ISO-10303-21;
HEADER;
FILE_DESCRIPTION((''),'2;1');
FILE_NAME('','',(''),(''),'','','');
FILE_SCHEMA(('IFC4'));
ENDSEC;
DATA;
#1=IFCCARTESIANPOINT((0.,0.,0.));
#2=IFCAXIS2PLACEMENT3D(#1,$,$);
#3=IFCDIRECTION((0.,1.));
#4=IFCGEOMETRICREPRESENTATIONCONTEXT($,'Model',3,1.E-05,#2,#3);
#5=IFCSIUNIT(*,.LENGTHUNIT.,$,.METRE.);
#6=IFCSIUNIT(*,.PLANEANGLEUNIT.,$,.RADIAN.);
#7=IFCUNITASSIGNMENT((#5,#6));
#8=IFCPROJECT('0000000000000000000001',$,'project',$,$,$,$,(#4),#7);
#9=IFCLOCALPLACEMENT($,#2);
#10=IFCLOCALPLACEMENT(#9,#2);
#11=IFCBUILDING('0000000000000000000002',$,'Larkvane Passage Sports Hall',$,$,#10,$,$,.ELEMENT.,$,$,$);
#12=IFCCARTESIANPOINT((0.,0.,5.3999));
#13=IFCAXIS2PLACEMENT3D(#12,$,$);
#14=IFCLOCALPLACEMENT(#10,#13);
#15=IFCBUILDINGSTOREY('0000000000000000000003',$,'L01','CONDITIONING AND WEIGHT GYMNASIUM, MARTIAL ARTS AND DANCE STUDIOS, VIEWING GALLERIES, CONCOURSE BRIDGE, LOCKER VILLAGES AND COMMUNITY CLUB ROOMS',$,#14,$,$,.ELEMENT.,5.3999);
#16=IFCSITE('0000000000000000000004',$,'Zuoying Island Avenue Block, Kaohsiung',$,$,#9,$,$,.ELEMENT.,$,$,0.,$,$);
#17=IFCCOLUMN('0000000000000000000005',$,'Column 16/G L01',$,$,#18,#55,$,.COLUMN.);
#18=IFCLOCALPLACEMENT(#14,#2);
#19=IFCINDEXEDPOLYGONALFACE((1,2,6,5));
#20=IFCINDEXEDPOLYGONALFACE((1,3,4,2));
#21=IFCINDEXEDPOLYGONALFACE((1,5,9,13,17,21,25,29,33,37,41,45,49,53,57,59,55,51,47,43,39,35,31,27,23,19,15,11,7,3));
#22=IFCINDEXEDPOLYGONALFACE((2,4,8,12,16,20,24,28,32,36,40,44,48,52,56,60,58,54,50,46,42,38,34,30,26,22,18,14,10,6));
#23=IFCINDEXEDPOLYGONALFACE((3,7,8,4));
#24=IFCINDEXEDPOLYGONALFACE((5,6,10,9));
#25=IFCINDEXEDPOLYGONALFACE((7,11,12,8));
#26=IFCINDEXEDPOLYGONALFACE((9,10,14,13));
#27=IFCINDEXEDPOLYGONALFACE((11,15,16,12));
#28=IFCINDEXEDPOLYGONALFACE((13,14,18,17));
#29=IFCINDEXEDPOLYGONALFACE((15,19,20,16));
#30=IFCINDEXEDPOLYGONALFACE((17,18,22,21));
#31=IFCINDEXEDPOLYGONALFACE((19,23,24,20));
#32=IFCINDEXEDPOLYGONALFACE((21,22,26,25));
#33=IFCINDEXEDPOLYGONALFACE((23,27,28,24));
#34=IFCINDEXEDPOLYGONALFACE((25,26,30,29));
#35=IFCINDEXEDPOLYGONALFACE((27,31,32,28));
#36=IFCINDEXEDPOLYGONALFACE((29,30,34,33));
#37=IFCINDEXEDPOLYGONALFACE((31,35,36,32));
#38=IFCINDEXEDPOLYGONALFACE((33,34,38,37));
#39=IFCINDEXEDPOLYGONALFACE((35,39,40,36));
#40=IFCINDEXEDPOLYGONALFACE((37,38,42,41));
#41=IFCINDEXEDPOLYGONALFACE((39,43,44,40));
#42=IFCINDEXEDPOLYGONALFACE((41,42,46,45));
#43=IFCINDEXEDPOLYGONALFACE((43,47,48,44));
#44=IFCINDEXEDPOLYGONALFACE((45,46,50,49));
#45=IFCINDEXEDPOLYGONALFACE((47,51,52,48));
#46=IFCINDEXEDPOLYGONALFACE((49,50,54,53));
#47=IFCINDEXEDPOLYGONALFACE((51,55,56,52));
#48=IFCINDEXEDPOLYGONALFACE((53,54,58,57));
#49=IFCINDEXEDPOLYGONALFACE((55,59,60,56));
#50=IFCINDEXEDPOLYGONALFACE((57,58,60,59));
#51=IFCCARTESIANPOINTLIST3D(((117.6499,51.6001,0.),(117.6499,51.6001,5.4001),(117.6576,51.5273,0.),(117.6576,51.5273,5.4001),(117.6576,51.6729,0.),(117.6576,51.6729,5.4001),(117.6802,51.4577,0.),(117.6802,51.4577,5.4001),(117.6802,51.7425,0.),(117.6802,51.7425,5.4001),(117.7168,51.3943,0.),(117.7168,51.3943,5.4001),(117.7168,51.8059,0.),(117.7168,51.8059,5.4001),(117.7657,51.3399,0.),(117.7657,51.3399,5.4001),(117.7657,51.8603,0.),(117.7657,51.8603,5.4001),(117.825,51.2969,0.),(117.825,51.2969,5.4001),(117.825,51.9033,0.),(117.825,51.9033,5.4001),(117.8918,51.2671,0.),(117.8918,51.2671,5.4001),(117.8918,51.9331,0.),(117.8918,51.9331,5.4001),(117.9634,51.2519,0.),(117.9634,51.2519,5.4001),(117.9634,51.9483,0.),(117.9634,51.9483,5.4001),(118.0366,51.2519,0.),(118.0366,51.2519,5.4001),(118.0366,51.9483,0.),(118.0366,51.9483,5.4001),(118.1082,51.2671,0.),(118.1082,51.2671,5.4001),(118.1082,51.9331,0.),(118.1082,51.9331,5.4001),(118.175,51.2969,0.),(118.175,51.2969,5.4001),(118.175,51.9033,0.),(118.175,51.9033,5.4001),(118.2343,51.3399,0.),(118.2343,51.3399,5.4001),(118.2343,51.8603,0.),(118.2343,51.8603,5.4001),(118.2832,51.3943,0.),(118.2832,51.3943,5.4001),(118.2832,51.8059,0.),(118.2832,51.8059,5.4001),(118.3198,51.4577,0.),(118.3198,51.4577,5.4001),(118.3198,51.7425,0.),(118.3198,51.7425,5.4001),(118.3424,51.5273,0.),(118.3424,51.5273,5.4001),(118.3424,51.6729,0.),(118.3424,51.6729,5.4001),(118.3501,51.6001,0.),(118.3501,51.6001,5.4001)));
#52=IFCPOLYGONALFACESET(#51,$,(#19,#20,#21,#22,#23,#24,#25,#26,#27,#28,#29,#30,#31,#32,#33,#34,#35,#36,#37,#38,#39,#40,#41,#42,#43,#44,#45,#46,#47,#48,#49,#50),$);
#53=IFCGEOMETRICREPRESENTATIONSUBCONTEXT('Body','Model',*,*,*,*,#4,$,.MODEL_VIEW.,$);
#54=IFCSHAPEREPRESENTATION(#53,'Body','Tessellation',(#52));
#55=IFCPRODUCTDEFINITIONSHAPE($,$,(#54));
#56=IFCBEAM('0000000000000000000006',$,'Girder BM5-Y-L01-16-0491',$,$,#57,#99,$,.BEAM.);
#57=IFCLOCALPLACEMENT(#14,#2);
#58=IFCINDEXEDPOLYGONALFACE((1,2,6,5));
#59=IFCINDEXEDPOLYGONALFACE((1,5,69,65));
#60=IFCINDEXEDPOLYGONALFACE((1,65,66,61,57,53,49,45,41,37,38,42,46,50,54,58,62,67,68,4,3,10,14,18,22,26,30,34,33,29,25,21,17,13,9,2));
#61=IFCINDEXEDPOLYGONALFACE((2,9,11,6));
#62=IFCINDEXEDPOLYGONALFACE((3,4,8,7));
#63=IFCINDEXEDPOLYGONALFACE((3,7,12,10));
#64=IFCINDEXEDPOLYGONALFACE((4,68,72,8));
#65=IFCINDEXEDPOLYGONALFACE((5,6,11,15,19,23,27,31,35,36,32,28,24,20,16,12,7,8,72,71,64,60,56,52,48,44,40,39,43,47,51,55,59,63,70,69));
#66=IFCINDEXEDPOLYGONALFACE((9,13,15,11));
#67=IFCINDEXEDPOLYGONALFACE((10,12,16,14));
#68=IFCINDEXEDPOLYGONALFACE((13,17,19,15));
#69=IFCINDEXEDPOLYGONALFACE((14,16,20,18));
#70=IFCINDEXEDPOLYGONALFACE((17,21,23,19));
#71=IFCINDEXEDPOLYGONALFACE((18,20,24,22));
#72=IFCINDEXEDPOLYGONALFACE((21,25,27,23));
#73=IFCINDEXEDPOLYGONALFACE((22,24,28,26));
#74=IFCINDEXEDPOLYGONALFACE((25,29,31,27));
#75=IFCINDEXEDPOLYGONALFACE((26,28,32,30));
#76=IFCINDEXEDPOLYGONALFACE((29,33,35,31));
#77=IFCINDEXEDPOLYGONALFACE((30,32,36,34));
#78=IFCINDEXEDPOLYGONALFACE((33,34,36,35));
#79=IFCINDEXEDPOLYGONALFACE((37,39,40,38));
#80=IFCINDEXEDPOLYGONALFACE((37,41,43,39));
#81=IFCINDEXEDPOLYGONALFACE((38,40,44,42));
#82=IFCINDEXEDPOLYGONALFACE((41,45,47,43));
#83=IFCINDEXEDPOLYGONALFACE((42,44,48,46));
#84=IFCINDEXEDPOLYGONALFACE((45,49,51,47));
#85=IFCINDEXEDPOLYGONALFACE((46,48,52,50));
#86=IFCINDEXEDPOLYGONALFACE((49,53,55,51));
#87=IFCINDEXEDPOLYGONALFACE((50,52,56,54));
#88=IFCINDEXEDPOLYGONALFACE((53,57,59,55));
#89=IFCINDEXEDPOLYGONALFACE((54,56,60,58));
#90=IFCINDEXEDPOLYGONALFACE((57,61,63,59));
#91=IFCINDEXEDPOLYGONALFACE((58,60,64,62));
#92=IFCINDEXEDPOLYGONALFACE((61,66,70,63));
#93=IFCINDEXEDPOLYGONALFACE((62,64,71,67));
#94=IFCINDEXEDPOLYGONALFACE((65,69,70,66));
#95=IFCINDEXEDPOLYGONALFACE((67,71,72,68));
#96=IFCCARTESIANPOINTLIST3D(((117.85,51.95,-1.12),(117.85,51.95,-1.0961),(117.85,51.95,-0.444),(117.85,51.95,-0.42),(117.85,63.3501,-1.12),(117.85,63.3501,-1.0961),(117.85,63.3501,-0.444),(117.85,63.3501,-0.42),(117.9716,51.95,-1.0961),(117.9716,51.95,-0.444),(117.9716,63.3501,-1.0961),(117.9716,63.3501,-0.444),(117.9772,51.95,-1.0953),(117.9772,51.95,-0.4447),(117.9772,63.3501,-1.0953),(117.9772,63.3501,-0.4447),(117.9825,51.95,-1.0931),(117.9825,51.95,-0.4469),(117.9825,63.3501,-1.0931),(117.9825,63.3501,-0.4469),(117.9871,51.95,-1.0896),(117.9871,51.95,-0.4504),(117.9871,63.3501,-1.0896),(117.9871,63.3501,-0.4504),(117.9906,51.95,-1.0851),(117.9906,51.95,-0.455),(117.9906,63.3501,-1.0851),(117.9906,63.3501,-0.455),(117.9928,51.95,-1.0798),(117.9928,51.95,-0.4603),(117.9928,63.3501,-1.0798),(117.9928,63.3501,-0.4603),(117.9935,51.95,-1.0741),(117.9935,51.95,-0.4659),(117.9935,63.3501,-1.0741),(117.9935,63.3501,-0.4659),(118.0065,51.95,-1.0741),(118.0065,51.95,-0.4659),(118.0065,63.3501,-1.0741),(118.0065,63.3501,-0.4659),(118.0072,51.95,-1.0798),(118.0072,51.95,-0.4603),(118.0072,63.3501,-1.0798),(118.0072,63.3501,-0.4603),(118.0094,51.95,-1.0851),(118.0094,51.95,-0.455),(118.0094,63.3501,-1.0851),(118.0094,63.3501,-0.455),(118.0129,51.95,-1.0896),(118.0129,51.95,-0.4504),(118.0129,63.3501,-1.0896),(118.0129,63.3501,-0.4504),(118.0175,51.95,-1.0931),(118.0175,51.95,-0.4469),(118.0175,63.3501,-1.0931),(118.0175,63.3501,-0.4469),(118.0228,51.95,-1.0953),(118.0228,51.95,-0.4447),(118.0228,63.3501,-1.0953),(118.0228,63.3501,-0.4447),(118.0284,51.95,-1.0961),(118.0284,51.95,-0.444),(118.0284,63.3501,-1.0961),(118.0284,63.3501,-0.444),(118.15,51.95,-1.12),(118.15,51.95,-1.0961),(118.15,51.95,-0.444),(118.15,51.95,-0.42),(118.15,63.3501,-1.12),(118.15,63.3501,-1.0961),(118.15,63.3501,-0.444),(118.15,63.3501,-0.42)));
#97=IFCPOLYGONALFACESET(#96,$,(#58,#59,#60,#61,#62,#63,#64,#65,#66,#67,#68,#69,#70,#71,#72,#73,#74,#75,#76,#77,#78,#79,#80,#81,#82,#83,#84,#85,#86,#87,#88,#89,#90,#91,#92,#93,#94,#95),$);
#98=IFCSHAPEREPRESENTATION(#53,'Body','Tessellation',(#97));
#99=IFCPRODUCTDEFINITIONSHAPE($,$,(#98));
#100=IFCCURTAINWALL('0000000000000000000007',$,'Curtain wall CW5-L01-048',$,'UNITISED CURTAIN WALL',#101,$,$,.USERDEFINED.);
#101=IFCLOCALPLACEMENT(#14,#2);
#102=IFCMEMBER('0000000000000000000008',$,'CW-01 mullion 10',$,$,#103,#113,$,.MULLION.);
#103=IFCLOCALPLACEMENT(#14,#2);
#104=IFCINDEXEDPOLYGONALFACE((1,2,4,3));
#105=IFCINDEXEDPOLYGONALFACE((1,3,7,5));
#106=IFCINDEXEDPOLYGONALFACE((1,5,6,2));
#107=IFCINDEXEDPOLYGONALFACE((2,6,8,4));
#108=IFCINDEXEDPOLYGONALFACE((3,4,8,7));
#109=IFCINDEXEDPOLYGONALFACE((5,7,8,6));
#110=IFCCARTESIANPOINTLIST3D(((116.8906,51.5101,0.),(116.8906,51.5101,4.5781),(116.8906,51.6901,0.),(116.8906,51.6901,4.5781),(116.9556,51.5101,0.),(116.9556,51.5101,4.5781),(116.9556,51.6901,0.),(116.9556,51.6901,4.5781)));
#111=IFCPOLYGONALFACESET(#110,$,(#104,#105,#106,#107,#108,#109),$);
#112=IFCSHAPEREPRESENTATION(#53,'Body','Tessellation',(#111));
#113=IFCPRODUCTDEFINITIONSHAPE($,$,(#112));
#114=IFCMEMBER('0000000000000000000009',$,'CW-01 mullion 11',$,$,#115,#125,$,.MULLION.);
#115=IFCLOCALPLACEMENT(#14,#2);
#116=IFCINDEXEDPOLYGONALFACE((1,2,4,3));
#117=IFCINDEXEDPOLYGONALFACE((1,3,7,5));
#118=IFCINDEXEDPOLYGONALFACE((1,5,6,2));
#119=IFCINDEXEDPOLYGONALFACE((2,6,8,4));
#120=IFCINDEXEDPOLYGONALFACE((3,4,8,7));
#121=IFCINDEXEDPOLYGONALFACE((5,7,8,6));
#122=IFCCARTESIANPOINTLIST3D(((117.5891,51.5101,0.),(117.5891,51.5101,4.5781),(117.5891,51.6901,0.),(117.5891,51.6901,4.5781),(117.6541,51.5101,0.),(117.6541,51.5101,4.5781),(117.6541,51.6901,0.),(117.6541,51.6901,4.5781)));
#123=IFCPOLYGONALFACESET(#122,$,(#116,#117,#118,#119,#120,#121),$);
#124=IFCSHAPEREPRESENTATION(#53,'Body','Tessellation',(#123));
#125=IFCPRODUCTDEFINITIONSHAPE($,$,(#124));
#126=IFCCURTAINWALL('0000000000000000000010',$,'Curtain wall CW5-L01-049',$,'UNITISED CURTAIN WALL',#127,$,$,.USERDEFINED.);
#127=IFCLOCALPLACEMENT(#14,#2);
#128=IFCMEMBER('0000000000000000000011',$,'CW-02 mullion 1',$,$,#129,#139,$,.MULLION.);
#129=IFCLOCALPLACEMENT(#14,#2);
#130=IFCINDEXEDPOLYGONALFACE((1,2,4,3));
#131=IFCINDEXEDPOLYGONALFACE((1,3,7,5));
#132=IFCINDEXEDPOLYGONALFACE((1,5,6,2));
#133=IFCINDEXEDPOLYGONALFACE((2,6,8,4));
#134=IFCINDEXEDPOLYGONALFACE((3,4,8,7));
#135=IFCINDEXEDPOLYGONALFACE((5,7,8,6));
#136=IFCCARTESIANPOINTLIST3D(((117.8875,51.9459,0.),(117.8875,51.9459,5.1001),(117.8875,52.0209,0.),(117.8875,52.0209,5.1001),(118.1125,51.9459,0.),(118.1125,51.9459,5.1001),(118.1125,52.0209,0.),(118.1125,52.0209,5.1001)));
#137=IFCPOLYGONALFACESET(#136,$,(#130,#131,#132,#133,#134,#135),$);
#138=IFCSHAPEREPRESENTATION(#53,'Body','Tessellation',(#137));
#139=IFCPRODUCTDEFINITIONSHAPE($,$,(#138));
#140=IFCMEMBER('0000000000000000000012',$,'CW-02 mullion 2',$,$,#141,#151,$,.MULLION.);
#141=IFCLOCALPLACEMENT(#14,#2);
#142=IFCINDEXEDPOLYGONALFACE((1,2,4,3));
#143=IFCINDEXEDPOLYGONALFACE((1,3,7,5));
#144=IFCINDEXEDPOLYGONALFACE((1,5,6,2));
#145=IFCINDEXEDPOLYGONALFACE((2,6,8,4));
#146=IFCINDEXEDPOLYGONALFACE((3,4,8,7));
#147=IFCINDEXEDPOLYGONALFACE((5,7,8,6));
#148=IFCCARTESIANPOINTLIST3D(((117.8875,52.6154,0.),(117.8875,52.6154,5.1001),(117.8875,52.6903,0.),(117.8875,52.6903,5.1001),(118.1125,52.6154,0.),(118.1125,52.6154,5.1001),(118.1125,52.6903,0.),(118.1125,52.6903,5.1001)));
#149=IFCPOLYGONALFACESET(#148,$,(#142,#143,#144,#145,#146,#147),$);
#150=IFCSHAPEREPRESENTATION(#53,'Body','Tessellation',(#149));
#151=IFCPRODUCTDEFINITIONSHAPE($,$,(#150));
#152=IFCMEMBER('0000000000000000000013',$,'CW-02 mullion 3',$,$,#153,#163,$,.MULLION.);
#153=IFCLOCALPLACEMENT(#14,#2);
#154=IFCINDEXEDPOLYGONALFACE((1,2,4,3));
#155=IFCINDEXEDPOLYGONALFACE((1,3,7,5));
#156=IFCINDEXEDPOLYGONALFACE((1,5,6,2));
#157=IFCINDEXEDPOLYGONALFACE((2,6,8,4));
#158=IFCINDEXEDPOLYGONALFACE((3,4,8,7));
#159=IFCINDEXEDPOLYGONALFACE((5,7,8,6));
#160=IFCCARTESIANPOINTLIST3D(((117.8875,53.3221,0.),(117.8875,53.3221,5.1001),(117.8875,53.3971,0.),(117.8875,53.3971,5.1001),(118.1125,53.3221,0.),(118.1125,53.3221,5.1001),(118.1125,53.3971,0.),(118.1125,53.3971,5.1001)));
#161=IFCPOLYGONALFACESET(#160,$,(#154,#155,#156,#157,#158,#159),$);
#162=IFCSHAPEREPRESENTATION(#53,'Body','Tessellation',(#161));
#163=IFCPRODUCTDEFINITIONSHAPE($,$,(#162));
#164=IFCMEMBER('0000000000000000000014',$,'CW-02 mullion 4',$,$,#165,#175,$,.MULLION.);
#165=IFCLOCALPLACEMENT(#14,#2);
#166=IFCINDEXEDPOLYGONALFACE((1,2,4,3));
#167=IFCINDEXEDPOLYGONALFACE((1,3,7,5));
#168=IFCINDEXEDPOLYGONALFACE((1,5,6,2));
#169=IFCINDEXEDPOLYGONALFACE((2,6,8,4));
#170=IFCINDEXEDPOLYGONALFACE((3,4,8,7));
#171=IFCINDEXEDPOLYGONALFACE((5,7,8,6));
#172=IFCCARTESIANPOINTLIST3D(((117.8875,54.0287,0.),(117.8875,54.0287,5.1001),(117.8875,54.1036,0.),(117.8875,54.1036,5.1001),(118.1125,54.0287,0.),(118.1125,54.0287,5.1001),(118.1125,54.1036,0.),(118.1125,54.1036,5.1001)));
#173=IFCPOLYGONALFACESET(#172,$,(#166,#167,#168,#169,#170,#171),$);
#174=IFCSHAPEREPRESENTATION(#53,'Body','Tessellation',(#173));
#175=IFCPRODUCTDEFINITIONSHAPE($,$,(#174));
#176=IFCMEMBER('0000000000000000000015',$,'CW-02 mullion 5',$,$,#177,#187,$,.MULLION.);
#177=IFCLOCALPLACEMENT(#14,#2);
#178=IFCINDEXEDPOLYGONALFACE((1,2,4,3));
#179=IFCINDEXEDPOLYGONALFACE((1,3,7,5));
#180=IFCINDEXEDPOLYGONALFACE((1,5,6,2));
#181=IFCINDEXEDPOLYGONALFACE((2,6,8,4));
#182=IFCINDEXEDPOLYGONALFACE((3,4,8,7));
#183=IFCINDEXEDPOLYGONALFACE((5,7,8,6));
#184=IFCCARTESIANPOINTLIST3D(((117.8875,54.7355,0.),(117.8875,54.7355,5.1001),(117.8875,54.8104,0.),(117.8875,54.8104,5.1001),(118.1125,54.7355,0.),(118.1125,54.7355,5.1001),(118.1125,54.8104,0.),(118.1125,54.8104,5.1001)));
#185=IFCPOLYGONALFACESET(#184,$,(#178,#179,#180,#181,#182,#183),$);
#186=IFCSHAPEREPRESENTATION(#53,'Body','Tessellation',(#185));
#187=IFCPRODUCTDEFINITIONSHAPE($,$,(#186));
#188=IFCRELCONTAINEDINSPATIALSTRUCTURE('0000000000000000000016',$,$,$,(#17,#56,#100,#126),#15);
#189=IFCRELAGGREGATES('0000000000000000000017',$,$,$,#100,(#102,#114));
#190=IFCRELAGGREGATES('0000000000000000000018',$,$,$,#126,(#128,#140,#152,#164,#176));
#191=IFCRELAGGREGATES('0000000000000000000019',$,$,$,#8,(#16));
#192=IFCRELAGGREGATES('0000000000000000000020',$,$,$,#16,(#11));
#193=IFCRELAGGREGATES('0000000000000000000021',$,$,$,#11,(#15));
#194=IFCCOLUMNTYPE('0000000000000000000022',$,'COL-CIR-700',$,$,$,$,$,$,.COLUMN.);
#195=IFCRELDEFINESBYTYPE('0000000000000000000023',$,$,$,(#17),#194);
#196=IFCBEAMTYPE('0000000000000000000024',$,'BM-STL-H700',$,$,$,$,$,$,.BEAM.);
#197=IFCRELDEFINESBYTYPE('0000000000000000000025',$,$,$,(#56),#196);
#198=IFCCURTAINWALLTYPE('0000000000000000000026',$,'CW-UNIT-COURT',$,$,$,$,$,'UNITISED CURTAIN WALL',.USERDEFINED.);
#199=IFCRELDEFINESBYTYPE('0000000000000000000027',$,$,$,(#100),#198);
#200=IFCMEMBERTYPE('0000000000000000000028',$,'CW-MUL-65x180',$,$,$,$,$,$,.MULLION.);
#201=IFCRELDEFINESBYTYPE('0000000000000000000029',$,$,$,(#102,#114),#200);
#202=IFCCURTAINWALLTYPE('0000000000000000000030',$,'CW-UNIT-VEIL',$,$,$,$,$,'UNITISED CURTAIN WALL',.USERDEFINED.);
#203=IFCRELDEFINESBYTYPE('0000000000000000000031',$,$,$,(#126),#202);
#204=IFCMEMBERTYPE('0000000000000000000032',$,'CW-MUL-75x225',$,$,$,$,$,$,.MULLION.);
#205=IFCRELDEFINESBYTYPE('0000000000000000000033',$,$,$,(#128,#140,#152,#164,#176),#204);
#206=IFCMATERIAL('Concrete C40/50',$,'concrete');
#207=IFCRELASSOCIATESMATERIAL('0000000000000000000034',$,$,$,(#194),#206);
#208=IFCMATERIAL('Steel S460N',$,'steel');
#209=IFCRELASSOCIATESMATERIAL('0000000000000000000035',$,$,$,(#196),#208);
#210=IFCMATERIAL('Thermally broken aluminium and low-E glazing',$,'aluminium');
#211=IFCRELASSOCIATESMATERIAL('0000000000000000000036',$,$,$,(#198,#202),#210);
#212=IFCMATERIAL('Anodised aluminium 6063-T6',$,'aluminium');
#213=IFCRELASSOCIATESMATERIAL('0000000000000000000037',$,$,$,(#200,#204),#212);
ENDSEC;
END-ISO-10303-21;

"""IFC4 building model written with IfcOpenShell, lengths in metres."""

from ifc_helpers import new_model, si_unit, direction, frame, origin, origin_2d, place, context, subcontext, project, spatial, rectangle, circle, i_section, extrude, material, material_profile, profile_set, type_object, element, aggregate, save


model = new_model("IFC4")

# Units and contexts
model_context = context("Model", 3, precision=1e-05, world=origin(), true_north=direction((0.0, 1.0)))
body_context = subcontext(model_context, "Body", "Model", "MODEL_VIEW")
ifc_project = project(units=[si_unit("LENGTHUNIT", "METRE"), si_unit("PLANEANGLEUNIT", "RADIAN")], contexts=[model_context])

# Site, building, storey
site_placement = place(None, origin())
site = spatial("IfcSite", under=ifc_project, at=site_placement, Name="Zuoying Island Avenue Block, Kaohsiung", CompositionType="ELEMENT", RefElevation=0.0)
building_placement = place(site_placement, origin())
building = spatial("IfcBuilding", under=site, at=building_placement, Name="Larkvane Passage Sports Hall", CompositionType="ELEMENT")
storey_placement = place(building_placement, frame((0.0, 0.0, 5.3999)))
storey = spatial("IfcBuildingStorey", under=building, at=storey_placement, Name="L01", Description="CONDITIONING AND WEIGHT GYMNASIUM, MARTIAL ARTS AND DANCE STUDIOS, VIEWING GALLERIES, CONCOURSE BRIDGE, LOCKER VILLAGES AND COMMUNITY CLUB ROOMS", CompositionType="ELEMENT", Elevation=5.3999)

# Column
ifc_material_1 = material(Name="Concrete C40/50", Category="concrete")
ifc_material_profile_1 = material_profile(ifc_material_1, circle(Radius=0.3501, at=origin_2d()), Name="RC-CIR-700")
ifc_profile_set_1 = profile_set([ifc_material_profile_1], Name="Concrete C40/50")
column_type = type_object("IfcColumnType", Name="COL-CIR-700", PredefinedType="COLUMN", material=ifc_profile_set_1)
column_placement = place(storey_placement, frame((118.0, 51.6001, 0.0), z_axis=(0.0, 0.0, 1.0), x_axis=(1.0, 0.0, 0.0)))
element("IfcColumn", 1, at=column_placement, inside=storey, type_object=column_type, Name="Column 16/G L01", PredefinedType="COLUMN", context=body_context, shape_type="SweptSolid", body=[
    extrude(circle(Radius=0.3501, at=origin_2d()), origin(), (0.0, 0.0, 1.0), 5.4001),
])

# Beam
ifc_material_2 = material(Name="Steel S460N", Category="steel")
ifc_material_profile_2 = material_profile(ifc_material_2, i_section(OverallWidth=0.3, OverallDepth=0.7, WebThickness=0.0129, FlangeThickness=0.0239, FilletRadius=0.022, at=origin_2d()), Name="H-700x300x13x24")
ifc_profile_set_2 = profile_set([ifc_material_profile_2], Name="Steel S460N")
beam_type = type_object("IfcBeamType", Name="BM-STL-H700", PredefinedType="BEAM", material=ifc_profile_set_2)
beam_placement = place(storey_placement, frame((118.0, 51.95, -0.77), z_axis=(0.0, 1.0, 0.0), x_axis=(-1.0, 0.0, 0.0)))
element("IfcBeam", 2, at=beam_placement, inside=storey, type_object=beam_type, Name="Girder BM5-Y-L01-16-0491", PredefinedType="BEAM", context=body_context, shape_type="SweptSolid", body=[
    extrude(i_section(OverallWidth=0.3, OverallDepth=0.7, WebThickness=0.0129, FlangeThickness=0.0239, FilletRadius=0.022, at=origin_2d()), origin(), (0.0, 0.0, 1.0), 11.4001),
])

# Curtain walls, members
ifc_material_3 = material(Name="Thermally broken aluminium and low-E glazing", Category="aluminium")
curtain_wall_type_1 = type_object("IfcCurtainWallType", Name="CW-UNIT-COURT", ElementType="UNITISED CURTAIN WALL", PredefinedType="USERDEFINED", material=ifc_material_3)
curtain_wall_1_placement = place(storey_placement, origin())
curtain_wall_1 = element("IfcCurtainWall", 3, at=curtain_wall_1_placement, inside=storey, type_object=curtain_wall_type_1, Name="Curtain wall CW5-L01-048", ObjectType="UNITISED CURTAIN WALL", PredefinedType="USERDEFINED")
ifc_material_4 = material(Name="Anodised aluminium 6063-T6", Category="aluminium")
ifc_material_profile_3 = material_profile(ifc_material_4, rectangle(XDim=0.0649, YDim=0.1799, at=origin_2d()), Name="ALU-MUL-65x180")
ifc_profile_set_3 = profile_set([ifc_material_profile_3], Name="Anodised aluminium 6063-T6")
member_type_1 = type_object("IfcMemberType", Name="CW-MUL-65x180", PredefinedType="MULLION", material=ifc_profile_set_3)
member_1_placement = place(storey_placement, frame((116.9231, 51.6001, 0.0), z_axis=(0.0, 0.0, 1.0), x_axis=(1.0, 0.0, 0.0)))
member_1 = element("IfcMember", 4, at=member_1_placement, type_object=member_type_1, Name="CW-01 mullion 10", PredefinedType="MULLION", context=body_context, shape_type="SweptSolid", body=[
    extrude(rectangle(XDim=0.0649, YDim=0.1799, at=origin_2d()), origin(), (0.0, 0.0, 1.0), 4.5781),
])
member_2_placement = place(storey_placement, frame((117.6216, 51.6001, 0.0), z_axis=(0.0, 0.0, 1.0), x_axis=(1.0, 0.0, 0.0)))
member_2 = element("IfcMember", 5, at=member_2_placement, type_object=member_type_1, Name="CW-01 mullion 11", PredefinedType="MULLION", context=body_context, shape_type="SweptSolid", body=[
    extrude(rectangle(XDim=0.0649, YDim=0.1799, at=origin_2d()), origin(), (0.0, 0.0, 1.0), 4.5781),
])
curtain_wall_type_2 = type_object("IfcCurtainWallType", Name="CW-UNIT-VEIL", ElementType="UNITISED CURTAIN WALL", PredefinedType="USERDEFINED", material=ifc_material_3)
curtain_wall_2_placement = place(storey_placement, origin())
curtain_wall_2 = element("IfcCurtainWall", 6, at=curtain_wall_2_placement, inside=storey, type_object=curtain_wall_type_2, Name="Curtain wall CW5-L01-049", ObjectType="UNITISED CURTAIN WALL", PredefinedType="USERDEFINED")
ifc_material_profile_4 = material_profile(ifc_material_4, rectangle(XDim=0.075, YDim=0.2251, at=origin_2d()), Name="ALU-MUL-75x225")
ifc_profile_set_4 = profile_set([ifc_material_profile_4], Name="Anodised aluminium 6063-T6")
member_type_2 = type_object("IfcMemberType", Name="CW-MUL-75x225", PredefinedType="MULLION", material=ifc_profile_set_4)
member_3_placement = place(storey_placement, frame((118.0, 51.9834, 0.0), z_axis=(0.0, 0.0, 1.0), x_axis=(0.0, 1.0, 0.0)))
member_3 = element("IfcMember", 7, at=member_3_placement, type_object=member_type_2, Name="CW-02 mullion 1", PredefinedType="MULLION", context=body_context, shape_type="SweptSolid", body=[
    extrude(rectangle(XDim=0.075, YDim=0.2251, at=origin_2d()), origin(), (0.0, 0.0, 1.0), 5.1001),
])
member_4_placement = place(storey_placement, frame((118.0, 52.6528, 0.0), z_axis=(0.0, 0.0, 1.0), x_axis=(0.0, 1.0, 0.0)))
member_4 = element("IfcMember", 8, at=member_4_placement, type_object=member_type_2, Name="CW-02 mullion 2", PredefinedType="MULLION", context=body_context, shape_type="SweptSolid", body=[
    extrude(rectangle(XDim=0.075, YDim=0.2251, at=origin_2d()), origin(), (0.0, 0.0, 1.0), 5.1001),
])
member_5_placement = place(storey_placement, frame((118.0, 53.3596, 0.0), z_axis=(0.0, 0.0, 1.0), x_axis=(0.0, 1.0, 0.0)))
member_5 = element("IfcMember", 9, at=member_5_placement, type_object=member_type_2, Name="CW-02 mullion 3", PredefinedType="MULLION", context=body_context, shape_type="SweptSolid", body=[
    extrude(rectangle(XDim=0.075, YDim=0.2251, at=origin_2d()), origin(), (0.0, 0.0, 1.0), 5.1001),
])
member_6_placement = place(storey_placement, frame((118.0, 54.0662, 0.0), z_axis=(0.0, 0.0, 1.0), x_axis=(0.0, 1.0, 0.0)))
member_6 = element("IfcMember", 10, at=member_6_placement, type_object=member_type_2, Name="CW-02 mullion 4", PredefinedType="MULLION", context=body_context, shape_type="SweptSolid", body=[
    extrude(rectangle(XDim=0.075, YDim=0.2251, at=origin_2d()), origin(), (0.0, 0.0, 1.0), 5.1001),
])
member_7_placement = place(storey_placement, frame((118.0, 54.7729, 0.0), z_axis=(0.0, 0.0, 1.0), x_axis=(0.0, 1.0, 0.0)))
member_7 = element("IfcMember", 11, at=member_7_placement, type_object=member_type_2, Name="CW-02 mullion 5", PredefinedType="MULLION", context=body_context, shape_type="SweptSolid", body=[
    extrude(rectangle(XDim=0.075, YDim=0.2251, at=origin_2d()), origin(), (0.0, 0.0, 1.0), 5.1001),
])

aggregate(curtain_wall_1, [member_1, member_2])
aggregate(curtain_wall_2, [member_3, member_4, member_5, member_6, member_7])

save(model, "model.ifc")
